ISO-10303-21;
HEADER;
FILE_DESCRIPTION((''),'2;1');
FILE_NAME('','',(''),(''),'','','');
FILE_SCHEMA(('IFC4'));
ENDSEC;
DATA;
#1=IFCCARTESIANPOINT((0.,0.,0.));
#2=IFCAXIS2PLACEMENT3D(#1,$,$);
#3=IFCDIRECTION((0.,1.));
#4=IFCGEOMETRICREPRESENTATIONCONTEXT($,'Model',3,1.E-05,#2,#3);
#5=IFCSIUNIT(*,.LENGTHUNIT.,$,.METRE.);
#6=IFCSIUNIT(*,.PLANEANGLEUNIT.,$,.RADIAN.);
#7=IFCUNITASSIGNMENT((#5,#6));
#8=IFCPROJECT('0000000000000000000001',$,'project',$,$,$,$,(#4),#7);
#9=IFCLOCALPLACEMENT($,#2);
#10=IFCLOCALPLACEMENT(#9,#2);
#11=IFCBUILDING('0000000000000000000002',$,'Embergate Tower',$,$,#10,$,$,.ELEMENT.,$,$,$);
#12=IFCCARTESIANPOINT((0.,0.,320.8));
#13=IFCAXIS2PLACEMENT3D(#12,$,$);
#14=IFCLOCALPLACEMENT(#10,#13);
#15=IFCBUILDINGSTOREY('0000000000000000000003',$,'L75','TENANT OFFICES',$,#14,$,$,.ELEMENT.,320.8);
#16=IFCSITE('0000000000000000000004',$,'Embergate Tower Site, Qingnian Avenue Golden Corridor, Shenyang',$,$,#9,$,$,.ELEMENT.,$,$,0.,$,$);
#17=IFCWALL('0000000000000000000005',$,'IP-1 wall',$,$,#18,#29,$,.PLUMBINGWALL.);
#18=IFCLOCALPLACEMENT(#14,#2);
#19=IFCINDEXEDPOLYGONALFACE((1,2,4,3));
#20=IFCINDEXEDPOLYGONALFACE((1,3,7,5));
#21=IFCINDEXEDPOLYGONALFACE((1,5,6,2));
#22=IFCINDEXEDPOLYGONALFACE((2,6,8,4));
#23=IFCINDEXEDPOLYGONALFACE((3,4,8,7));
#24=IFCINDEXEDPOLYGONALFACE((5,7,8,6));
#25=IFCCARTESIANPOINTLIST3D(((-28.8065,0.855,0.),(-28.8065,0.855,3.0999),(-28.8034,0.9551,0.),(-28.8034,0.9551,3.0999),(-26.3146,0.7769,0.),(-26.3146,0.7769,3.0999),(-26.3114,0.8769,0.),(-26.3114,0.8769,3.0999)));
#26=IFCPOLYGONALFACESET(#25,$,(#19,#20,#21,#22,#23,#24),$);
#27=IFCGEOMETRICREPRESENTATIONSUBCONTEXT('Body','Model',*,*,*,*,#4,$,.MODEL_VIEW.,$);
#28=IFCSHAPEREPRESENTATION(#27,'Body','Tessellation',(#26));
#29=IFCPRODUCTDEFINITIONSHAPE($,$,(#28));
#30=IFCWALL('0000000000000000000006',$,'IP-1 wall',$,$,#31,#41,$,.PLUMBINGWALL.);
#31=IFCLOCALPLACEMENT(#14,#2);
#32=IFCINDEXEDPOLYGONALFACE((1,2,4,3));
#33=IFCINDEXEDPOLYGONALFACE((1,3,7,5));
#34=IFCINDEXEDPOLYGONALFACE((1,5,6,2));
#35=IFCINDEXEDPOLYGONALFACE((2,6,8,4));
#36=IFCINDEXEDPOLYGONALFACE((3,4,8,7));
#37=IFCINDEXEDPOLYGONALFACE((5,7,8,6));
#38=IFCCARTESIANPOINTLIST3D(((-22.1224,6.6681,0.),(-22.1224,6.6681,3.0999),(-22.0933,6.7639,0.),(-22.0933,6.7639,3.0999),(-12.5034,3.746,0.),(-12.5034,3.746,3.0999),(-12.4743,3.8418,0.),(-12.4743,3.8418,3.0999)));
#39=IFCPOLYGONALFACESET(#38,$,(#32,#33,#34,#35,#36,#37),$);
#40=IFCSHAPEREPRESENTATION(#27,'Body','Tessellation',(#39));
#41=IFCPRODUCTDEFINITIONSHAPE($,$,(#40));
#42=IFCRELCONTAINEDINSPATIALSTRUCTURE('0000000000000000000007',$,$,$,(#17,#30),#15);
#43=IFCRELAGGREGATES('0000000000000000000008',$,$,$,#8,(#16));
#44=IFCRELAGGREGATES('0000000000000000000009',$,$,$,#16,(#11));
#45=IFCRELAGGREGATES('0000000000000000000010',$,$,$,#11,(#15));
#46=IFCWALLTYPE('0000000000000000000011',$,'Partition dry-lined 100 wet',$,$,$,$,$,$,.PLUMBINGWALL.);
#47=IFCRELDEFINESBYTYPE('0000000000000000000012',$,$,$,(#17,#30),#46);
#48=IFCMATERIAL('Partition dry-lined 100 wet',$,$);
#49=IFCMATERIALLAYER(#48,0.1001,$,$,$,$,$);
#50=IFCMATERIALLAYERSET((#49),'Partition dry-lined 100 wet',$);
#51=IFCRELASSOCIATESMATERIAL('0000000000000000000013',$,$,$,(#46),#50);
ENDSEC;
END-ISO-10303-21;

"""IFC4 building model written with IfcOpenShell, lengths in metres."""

from ifc_helpers import new_model, si_unit, direction, frame, frame_2d, origin, place, context, subcontext, project, spatial, rectangle, extrude, source, transform, mapped, material, layer, layer_set, type_object, element, save


model = new_model("IFC4")

# Units and contexts
model_context = context("Model", 3, precision=1e-05, world=origin(), true_north=direction((0.0, 1.0)))
body_context = subcontext(model_context, "Body", "Model", "MODEL_VIEW")
ifc_project = project(units=[si_unit("LENGTHUNIT", "METRE"), si_unit("PLANEANGLEUNIT", "RADIAN")], contexts=[model_context])

# Site, building, storey
site_placement = place(None, origin())
site = spatial("IfcSite", under=ifc_project, at=site_placement, Name="Embergate Tower Site, Qingnian Avenue Golden Corridor, Shenyang", CompositionType="ELEMENT", RefElevation=0.0)
building_placement = place(site_placement, origin())
building = spatial("IfcBuilding", under=site, at=building_placement, Name="Embergate Tower", CompositionType="ELEMENT")
storey_placement = place(building_placement, frame((0.0, 0.0, 320.8)))
storey = spatial("IfcBuildingStorey", under=building, at=storey_placement, Name="L75", Description="TENANT OFFICES", CompositionType="ELEMENT", Elevation=320.8)

# Walls
ifc_material_1 = material(Name="Partition dry-lined 100 wet")
ifc_layer_1 = layer(ifc_material_1, 0.1001)
ifc_layer_set_1 = layer_set([ifc_layer_1], Name="Partition dry-lined 100 wet")
wall_type_1 = type_object("IfcWallType", Name="Partition dry-lined 100 wet", PredefinedType="PLUMBINGWALL", material=ifc_layer_set_1)
shared_shape_1 = source(origin(), body_context, "Body", "SweptSolid", [
    extrude(rectangle(XDim=2.4932, YDim=0.1001, at=frame_2d((1.2466, 0.0))), origin(), (0.0, 0.0, 1.0), 3.0999),
])
wall_1_placement = place(storey_placement, frame((-26.313, 0.8269, 0.0), z_axis=(0.0, 0.0, 1.0), x_axis=(-0.999509, 0.031336, 0.0)))
element("IfcWall", 1, at=wall_1_placement, inside=storey, type_object=wall_type_1, Name="IP-1 wall", PredefinedType="PLUMBINGWALL", context=body_context, shape_type="MappedRepresentation", body=[
    mapped(shared_shape_1, transform((0.0, 0.0, 0.0))),
])
shared_shape_2 = source(origin(), body_context, "Body", "SweptSolid", [
    extrude(rectangle(XDim=10.053, YDim=0.1001, at=frame_2d((5.0264, 0.0))), origin(), (0.0, 0.0, 1.0), 3.0999),
])
wall_2_placement = place(storey_placement, frame((-12.489, 3.7939, 0.0), z_axis=(0.0, 0.0, 1.0), x_axis=(-0.956823, 0.290673, 0.0)))
element("IfcWall", 2, at=wall_2_placement, inside=storey, type_object=wall_type_1, Name="IP-1 wall", PredefinedType="PLUMBINGWALL", context=body_context, shape_type="MappedRepresentation", body=[
    mapped(shared_shape_2, transform((0.0, 0.0, 0.0))),
])

save(model, "model.ifc")
